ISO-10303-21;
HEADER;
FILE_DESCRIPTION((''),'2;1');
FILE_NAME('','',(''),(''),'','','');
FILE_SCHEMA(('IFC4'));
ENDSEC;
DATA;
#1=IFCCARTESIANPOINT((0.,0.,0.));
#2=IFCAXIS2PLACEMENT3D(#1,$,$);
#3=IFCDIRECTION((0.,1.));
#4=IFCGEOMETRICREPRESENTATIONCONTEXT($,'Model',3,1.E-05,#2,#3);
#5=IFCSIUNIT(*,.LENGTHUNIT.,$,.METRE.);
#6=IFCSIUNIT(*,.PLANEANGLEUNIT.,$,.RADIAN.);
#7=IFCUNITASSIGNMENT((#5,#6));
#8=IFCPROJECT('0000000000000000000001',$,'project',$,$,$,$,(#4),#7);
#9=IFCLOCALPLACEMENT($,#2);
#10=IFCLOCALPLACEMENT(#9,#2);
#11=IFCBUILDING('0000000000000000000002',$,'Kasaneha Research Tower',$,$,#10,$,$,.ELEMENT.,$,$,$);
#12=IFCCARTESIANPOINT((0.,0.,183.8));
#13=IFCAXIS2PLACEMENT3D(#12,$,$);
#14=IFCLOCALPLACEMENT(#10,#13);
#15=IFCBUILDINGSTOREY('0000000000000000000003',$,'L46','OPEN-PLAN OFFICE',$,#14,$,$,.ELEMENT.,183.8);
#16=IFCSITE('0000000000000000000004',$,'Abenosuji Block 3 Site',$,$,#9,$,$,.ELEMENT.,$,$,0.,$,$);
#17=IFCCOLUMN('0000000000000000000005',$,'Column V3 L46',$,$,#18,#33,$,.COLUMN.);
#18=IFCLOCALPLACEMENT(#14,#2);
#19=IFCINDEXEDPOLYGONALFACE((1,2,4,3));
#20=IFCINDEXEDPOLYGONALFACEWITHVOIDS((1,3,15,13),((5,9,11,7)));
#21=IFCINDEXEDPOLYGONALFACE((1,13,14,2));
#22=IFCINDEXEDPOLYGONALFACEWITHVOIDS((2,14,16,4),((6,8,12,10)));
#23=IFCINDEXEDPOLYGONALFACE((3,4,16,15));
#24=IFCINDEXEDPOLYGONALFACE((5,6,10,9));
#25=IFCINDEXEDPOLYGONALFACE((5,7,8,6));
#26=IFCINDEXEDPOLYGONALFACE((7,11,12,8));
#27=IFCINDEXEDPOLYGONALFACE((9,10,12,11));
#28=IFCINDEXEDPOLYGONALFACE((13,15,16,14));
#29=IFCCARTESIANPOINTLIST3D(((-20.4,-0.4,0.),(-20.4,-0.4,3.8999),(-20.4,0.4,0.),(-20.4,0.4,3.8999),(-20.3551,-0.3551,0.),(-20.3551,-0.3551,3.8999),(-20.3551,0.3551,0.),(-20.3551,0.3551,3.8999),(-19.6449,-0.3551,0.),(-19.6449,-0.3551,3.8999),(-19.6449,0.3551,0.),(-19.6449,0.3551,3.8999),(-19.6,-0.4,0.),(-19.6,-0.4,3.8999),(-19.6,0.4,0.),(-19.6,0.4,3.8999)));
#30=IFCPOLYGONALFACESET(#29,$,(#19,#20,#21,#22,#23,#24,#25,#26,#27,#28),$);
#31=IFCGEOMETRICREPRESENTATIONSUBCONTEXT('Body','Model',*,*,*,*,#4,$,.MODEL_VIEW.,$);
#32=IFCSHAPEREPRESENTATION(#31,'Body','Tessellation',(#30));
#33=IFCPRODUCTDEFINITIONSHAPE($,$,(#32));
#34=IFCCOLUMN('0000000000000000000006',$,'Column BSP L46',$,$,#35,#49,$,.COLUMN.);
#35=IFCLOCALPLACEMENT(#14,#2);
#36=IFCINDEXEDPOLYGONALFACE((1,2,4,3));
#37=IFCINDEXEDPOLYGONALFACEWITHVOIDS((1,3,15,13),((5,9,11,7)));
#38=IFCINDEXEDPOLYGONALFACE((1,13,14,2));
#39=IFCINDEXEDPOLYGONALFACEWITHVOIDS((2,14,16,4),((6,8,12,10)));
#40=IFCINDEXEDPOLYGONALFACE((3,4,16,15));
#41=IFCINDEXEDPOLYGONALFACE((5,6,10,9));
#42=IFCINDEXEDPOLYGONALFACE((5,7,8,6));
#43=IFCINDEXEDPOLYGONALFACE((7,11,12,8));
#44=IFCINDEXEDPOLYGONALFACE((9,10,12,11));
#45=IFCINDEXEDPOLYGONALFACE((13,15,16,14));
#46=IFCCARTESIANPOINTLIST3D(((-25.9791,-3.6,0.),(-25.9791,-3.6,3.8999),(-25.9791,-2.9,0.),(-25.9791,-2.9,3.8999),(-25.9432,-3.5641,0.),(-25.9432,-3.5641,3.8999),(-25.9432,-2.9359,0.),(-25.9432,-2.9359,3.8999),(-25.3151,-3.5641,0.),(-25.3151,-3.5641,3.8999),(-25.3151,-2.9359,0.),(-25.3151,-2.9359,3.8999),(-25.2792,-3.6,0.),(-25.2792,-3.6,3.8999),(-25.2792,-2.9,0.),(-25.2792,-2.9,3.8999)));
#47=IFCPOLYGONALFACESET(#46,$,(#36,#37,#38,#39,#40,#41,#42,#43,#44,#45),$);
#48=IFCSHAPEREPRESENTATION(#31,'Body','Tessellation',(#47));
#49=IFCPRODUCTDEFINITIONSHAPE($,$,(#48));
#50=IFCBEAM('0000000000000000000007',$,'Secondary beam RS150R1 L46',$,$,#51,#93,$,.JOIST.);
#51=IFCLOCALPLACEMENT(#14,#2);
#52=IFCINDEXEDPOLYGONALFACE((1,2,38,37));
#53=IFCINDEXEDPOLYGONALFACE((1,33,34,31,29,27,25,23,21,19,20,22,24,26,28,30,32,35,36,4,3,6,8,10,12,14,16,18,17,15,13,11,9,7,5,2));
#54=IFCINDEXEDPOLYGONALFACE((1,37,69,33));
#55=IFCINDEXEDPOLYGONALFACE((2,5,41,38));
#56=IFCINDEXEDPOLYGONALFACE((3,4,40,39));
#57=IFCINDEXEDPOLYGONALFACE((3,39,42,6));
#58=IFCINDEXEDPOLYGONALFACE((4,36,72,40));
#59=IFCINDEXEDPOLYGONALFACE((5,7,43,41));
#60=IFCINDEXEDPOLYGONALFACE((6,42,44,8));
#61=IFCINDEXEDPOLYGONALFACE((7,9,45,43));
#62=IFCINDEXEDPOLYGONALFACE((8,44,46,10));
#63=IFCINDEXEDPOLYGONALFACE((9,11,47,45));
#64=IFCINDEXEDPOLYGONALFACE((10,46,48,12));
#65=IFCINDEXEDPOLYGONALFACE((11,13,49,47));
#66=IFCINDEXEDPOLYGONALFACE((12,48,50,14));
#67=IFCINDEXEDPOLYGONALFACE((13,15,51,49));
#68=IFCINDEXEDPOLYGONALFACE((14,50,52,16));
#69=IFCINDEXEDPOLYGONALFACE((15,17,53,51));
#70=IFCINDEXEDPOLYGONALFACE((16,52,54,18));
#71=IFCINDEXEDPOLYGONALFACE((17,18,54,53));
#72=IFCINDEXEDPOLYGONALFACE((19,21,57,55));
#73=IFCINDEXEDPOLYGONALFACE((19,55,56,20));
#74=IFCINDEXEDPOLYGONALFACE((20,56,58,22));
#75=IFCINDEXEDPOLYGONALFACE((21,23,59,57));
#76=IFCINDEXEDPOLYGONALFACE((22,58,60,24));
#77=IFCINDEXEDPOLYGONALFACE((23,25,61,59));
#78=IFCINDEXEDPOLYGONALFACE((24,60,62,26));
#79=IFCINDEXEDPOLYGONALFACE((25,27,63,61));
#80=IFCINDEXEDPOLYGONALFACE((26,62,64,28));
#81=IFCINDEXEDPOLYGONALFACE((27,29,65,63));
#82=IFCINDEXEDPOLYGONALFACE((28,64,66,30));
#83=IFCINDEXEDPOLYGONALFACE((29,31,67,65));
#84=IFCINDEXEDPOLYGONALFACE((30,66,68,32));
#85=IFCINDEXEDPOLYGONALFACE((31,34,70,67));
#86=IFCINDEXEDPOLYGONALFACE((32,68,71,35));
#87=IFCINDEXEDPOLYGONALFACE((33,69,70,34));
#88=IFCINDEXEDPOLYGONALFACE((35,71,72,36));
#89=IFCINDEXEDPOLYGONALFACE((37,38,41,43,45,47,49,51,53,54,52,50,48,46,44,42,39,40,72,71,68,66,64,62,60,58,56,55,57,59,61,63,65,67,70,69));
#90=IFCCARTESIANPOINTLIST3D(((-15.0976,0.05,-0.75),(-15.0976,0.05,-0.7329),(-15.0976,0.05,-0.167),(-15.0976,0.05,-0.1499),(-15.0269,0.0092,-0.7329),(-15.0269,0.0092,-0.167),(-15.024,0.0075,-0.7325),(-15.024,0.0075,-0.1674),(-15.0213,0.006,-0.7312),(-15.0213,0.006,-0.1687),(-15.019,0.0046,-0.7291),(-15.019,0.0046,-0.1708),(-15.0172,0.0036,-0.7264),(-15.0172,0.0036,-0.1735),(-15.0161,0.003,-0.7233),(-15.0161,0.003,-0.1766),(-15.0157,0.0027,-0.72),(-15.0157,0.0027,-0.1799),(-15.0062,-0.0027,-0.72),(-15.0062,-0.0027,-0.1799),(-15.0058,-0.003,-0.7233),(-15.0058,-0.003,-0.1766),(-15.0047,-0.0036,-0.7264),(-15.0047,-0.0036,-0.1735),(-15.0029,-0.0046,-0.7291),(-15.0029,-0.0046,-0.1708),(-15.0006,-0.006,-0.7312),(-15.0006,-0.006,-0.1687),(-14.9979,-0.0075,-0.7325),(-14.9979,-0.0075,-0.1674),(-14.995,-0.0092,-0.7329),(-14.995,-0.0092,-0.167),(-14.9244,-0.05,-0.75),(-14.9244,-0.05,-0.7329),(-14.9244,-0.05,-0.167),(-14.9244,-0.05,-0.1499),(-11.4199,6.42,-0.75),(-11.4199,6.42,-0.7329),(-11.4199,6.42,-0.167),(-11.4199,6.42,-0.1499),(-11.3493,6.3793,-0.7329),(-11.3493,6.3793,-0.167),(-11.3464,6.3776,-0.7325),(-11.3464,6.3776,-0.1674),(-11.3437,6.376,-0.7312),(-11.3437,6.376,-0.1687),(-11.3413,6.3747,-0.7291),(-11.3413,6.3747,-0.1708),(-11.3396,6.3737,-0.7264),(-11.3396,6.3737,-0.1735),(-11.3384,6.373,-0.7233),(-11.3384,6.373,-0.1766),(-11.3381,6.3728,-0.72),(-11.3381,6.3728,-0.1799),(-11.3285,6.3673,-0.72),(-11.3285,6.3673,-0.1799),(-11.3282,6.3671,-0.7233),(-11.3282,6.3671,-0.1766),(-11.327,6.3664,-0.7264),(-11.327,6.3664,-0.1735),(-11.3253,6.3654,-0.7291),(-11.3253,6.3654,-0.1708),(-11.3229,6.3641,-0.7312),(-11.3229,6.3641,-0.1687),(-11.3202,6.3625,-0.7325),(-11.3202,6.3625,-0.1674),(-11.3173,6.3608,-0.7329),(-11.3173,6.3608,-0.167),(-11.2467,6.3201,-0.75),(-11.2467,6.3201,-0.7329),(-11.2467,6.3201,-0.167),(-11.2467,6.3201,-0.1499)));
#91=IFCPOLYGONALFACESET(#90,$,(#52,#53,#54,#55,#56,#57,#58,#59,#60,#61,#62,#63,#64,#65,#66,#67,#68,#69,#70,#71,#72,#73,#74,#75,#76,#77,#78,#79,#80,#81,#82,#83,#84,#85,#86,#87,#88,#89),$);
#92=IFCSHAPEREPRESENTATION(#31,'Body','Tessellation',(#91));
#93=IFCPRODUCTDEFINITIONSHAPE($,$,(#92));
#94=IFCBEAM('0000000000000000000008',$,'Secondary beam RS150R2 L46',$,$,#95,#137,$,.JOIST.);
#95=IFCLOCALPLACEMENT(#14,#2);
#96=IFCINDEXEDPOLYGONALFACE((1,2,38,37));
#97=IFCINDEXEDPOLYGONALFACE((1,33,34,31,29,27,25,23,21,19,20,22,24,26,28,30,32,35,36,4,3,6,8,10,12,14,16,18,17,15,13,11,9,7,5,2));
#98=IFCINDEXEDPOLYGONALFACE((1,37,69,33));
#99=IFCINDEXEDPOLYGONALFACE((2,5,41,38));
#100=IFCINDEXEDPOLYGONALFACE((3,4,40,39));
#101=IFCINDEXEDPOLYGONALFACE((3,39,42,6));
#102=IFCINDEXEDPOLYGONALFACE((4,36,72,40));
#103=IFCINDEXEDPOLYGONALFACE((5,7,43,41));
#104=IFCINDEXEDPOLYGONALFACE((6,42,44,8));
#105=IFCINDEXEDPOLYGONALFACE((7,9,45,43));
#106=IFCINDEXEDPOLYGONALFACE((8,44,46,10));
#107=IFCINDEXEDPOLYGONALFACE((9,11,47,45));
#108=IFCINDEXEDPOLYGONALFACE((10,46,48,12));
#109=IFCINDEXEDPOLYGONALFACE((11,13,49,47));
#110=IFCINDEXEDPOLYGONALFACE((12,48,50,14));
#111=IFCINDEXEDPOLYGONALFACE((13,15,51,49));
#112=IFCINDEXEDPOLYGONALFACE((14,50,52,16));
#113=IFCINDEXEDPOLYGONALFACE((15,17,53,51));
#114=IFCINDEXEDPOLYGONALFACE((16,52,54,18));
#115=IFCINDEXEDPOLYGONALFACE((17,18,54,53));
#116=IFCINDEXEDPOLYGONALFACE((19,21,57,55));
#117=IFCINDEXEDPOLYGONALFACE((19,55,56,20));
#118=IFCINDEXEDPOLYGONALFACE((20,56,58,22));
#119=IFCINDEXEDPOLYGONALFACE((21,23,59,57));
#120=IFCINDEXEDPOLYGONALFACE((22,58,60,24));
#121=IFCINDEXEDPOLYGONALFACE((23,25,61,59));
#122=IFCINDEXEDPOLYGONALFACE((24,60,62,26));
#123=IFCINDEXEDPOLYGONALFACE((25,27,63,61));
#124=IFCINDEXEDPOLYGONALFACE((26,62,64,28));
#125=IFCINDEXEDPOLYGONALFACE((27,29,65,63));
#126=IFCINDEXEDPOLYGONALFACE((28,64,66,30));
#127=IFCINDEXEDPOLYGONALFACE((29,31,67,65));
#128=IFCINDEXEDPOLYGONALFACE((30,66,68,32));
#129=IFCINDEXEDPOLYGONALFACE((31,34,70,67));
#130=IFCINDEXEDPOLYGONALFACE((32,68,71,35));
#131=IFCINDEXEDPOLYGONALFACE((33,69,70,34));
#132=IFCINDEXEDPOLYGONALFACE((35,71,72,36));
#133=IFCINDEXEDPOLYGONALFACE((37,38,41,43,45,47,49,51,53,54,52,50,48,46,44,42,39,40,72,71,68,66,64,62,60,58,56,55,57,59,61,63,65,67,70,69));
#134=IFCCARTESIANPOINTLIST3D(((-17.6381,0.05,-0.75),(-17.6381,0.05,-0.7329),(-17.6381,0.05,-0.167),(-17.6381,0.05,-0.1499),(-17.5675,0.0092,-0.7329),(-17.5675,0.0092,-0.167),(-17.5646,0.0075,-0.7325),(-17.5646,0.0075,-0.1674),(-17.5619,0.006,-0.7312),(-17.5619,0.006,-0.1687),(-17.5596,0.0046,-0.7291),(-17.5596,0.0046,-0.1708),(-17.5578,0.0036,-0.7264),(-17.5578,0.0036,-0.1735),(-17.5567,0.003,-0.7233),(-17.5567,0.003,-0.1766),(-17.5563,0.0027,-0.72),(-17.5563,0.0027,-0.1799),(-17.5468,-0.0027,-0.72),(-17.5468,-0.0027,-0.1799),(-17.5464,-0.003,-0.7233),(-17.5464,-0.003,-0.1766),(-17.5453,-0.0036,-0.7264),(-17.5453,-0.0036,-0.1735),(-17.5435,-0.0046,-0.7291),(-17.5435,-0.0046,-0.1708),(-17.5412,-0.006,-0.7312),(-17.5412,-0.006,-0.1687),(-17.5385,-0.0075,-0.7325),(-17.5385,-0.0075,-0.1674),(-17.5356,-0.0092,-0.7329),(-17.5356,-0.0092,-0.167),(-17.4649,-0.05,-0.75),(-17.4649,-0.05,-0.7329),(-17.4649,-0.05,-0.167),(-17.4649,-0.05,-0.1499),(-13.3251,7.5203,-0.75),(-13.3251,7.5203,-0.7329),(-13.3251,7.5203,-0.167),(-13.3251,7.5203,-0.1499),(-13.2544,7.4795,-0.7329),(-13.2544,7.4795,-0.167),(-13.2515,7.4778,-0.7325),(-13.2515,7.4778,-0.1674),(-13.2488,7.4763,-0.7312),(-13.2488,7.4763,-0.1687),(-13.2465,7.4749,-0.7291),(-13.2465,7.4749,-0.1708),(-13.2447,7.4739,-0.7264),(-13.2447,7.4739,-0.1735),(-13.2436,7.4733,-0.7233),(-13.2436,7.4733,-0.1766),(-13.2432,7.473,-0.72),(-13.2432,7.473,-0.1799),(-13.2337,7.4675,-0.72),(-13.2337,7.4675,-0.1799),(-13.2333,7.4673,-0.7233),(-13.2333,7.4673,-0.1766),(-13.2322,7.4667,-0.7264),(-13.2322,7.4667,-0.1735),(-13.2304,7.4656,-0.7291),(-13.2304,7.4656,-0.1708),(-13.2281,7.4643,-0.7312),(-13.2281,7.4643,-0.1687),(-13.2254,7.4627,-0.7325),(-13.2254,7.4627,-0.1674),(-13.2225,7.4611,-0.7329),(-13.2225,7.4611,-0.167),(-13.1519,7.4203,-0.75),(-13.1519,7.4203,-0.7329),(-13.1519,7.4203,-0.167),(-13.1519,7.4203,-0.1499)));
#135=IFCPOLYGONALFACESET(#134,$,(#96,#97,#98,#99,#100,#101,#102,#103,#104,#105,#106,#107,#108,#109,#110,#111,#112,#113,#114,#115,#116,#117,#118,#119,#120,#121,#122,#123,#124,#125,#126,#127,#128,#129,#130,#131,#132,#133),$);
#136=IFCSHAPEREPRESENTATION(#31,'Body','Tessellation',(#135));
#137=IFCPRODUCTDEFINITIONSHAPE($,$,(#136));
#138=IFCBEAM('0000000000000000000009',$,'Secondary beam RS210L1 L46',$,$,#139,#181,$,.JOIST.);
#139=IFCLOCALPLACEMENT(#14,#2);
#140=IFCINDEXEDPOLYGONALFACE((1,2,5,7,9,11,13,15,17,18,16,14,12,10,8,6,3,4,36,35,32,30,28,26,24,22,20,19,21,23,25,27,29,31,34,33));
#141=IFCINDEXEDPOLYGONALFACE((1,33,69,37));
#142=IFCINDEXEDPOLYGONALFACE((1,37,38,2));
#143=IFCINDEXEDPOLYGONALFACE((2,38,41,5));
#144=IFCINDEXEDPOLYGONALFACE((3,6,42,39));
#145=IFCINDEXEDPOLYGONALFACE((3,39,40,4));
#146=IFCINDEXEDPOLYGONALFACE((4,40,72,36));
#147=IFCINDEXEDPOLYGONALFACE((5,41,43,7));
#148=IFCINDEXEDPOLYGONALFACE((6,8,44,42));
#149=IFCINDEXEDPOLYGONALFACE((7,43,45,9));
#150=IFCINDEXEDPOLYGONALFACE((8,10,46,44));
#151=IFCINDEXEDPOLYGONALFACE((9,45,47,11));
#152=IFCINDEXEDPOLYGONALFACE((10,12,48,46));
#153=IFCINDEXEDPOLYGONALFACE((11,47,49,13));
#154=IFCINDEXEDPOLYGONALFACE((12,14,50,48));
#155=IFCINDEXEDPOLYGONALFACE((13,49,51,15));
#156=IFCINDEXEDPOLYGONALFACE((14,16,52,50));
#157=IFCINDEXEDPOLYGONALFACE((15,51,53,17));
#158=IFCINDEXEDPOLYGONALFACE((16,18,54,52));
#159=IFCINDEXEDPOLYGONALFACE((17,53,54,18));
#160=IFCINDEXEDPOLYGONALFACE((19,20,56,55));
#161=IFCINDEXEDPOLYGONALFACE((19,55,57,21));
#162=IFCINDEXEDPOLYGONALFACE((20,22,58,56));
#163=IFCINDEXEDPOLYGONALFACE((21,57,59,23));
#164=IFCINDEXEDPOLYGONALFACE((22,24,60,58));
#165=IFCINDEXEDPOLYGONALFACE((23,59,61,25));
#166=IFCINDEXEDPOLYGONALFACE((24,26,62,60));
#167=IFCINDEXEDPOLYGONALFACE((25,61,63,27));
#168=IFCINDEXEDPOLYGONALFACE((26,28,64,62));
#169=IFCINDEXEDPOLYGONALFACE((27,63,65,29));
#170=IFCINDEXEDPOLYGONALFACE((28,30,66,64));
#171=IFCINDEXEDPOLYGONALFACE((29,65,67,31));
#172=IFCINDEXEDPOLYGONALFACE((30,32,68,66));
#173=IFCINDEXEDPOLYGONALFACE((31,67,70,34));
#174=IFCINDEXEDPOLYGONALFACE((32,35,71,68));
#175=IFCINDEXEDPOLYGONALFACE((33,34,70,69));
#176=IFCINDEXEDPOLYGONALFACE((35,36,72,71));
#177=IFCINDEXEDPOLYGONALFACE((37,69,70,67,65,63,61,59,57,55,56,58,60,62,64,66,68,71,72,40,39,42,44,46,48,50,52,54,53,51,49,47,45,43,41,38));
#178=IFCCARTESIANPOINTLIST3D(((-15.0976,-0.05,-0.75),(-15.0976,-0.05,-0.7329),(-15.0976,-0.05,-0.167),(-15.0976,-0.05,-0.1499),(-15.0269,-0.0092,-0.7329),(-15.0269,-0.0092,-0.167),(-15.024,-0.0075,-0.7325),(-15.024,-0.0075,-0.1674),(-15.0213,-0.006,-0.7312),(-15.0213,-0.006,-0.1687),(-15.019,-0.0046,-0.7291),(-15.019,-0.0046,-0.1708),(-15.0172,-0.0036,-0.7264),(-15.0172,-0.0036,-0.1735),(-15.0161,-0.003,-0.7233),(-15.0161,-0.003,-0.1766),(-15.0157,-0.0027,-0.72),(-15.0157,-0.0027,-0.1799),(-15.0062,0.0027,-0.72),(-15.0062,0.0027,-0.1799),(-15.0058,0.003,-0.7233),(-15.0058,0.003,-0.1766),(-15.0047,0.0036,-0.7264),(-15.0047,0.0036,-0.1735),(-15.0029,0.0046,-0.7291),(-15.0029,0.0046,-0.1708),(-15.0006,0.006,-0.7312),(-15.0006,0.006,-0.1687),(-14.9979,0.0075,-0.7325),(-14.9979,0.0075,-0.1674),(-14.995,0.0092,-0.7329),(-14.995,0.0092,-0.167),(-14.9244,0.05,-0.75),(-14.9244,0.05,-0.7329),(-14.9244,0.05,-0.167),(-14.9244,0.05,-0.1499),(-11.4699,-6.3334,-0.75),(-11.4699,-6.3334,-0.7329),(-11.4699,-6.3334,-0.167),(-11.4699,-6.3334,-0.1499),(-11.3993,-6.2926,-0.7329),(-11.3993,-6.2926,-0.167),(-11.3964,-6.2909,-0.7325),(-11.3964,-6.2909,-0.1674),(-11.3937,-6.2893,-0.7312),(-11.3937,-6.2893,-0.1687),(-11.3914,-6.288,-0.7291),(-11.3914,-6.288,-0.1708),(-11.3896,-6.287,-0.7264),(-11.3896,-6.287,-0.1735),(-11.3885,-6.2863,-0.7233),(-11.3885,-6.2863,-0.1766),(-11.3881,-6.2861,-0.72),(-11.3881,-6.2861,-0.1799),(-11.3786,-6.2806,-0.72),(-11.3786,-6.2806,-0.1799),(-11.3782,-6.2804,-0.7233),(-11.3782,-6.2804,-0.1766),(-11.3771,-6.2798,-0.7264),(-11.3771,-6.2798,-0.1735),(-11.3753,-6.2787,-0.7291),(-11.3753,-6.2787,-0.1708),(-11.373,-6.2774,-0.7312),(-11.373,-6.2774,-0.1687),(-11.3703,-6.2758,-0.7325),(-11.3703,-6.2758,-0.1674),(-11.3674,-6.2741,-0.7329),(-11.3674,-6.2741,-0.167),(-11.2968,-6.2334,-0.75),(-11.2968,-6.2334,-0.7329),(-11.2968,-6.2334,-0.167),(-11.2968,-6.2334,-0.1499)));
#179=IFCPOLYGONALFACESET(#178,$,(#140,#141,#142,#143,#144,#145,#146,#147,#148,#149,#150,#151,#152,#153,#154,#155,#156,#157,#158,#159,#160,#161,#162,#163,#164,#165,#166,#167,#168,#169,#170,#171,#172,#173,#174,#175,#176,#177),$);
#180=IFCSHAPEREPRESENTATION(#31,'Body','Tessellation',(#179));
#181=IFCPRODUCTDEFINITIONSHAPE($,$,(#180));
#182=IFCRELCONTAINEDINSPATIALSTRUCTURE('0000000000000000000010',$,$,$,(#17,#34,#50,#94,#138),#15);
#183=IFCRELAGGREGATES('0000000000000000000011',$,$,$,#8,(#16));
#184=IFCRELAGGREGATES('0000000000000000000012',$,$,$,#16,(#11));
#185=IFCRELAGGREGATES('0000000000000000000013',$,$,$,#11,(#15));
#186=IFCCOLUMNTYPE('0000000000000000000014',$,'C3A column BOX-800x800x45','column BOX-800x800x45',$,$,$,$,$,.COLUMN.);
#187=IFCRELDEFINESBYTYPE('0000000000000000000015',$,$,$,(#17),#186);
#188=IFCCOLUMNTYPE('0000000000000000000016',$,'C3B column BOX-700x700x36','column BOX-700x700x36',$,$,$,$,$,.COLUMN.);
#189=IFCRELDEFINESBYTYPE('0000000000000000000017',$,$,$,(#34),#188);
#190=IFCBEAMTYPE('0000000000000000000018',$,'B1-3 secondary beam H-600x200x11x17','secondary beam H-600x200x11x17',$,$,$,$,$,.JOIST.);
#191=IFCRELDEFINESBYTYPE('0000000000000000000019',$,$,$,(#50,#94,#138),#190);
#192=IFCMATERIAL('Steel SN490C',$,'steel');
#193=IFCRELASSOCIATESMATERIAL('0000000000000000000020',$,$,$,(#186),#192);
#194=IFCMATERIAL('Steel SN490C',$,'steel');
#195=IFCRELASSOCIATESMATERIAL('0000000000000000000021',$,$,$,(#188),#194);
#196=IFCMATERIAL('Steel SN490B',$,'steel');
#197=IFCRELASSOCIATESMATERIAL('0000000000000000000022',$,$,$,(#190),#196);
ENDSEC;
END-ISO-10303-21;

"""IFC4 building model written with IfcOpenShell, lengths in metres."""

from ifc_helpers import new_model, si_unit, direction, frame, origin, origin_2d, place, context, subcontext, project, spatial, hollow_rectangle, i_section, extrude, material, material_profile, profile_set, type_object, element, save


model = new_model("IFC4")

# Units and contexts
model_context = context("Model", 3, precision=1e-05, world=origin(), true_north=direction((0.0, 1.0)))
body_context = subcontext(model_context, "Body", "Model", "MODEL_VIEW")
ifc_project = project(units=[si_unit("LENGTHUNIT", "METRE"), si_unit("PLANEANGLEUNIT", "RADIAN")], contexts=[model_context])

# Site, building, storey
site_placement = place(None, origin())
site = spatial("IfcSite", under=ifc_project, at=site_placement, Name="Abenosuji Block 3 Site", CompositionType="ELEMENT", RefElevation=0.0)
building_placement = place(site_placement, origin())
building = spatial("IfcBuilding", under=site, at=building_placement, Name="Kasaneha Research Tower", CompositionType="ELEMENT")
storey_placement = place(building_placement, frame((0.0, 0.0, 183.8)))
storey = spatial("IfcBuildingStorey", under=building, at=storey_placement, Name="L46", Description="OPEN-PLAN OFFICE", CompositionType="ELEMENT", Elevation=183.8)

# Columns
ifc_material_1 = material(Name="Steel SN490C", Category="steel")
ifc_material_profile_1 = material_profile(ifc_material_1, hollow_rectangle(XDim=0.8, YDim=0.8, WallThickness=0.0449, at=origin_2d()), Name="BOX-800x800x45")
ifc_profile_set_1 = profile_set([ifc_material_profile_1], Name="Steel SN490C")
column_type_1 = type_object("IfcColumnType", Name="C3A column BOX-800x800x45", Description="column BOX-800x800x45", PredefinedType="COLUMN", material=ifc_profile_set_1)
column_1_placement = place(storey_placement, frame((-20.0, 0.0, 0.0), z_axis=(0.0, 0.0, 1.0), x_axis=(1.0, 0.0, 0.0)))
element("IfcColumn", 1, at=column_1_placement, inside=storey, type_object=column_type_1, Name="Column V3 L46", PredefinedType="COLUMN", context=body_context, shape_type="SweptSolid", body=[
    extrude(hollow_rectangle(XDim=0.8, YDim=0.8, WallThickness=0.0449, at=origin_2d()), origin(), (0.0, 0.0, 1.0), 3.8999),
])
ifc_material_2 = material(Name="Steel SN490C", Category="steel")
ifc_material_profile_2 = material_profile(ifc_material_2, hollow_rectangle(XDim=0.7, YDim=0.7, WallThickness=0.0359, at=origin_2d()), Name="BOX-700x700x36")
ifc_profile_set_2 = profile_set([ifc_material_profile_2], Name="Steel SN490C")
column_type_2 = type_object("IfcColumnType", Name="C3B column BOX-700x700x36", Description="column BOX-700x700x36", PredefinedType="COLUMN", material=ifc_profile_set_2)
column_2_placement = place(storey_placement, frame((-25.6292, -3.25, 0.0), z_axis=(0.0, 0.0, 1.0), x_axis=(1.0, 0.0, 0.0)))
element("IfcColumn", 2, at=column_2_placement, inside=storey, type_object=column_type_2, Name="Column BSP L46", PredefinedType="COLUMN", context=body_context, shape_type="SweptSolid", body=[
    extrude(hollow_rectangle(XDim=0.7, YDim=0.7, WallThickness=0.0359, at=origin_2d()), origin(), (0.0, 0.0, 1.0), 3.8999),
])

# Beams
ifc_material_3 = material(Name="Steel SN490B", Category="steel")
ifc_material_profile_3 = material_profile(ifc_material_3, i_section(OverallWidth=0.2, OverallDepth=0.6001, WebThickness=0.011, FlangeThickness=0.0171, FilletRadius=0.0129, at=origin_2d()), Name="H-600x200x11x17")
ifc_profile_set_3 = profile_set([ifc_material_profile_3], Name="Steel SN490B")
beam_type_1 = type_object("IfcBeamType", Name="B1-3 secondary beam H-600x200x11x17", Description="secondary beam H-600x200x11x17", PredefinedType="JOIST", material=ifc_profile_set_3)
beam_1_placement = place(storey_placement, frame((-15.011, 0.0, -0.45), z_axis=(0.499994, 0.866029, 0.0), x_axis=(-0.866029, 0.499994, 0.0)))
element("IfcBeam", 3, at=beam_1_placement, inside=storey, type_object=beam_type_1, Name="Secondary beam RS150R1 L46", PredefinedType="JOIST", context=body_context, shape_type="SweptSolid", body=[
    extrude(i_section(OverallWidth=0.2, OverallDepth=0.6001, WebThickness=0.011, FlangeThickness=0.0171, FilletRadius=0.0129, at=origin_2d()), origin(), (0.0, 0.0, 1.0), 7.3555),
])
beam_2_placement = place(storey_placement, frame((-17.5515, 0.0, -0.45), z_axis=(0.500005, 0.866023, 0.0), x_axis=(-0.866023, 0.500005, 0.0)))
element("IfcBeam", 4, at=beam_2_placement, inside=storey, type_object=beam_type_1, Name="Secondary beam RS150R2 L46", PredefinedType="JOIST", context=body_context, shape_type="SweptSolid", body=[
    extrude(i_section(OverallWidth=0.2, OverallDepth=0.6001, WebThickness=0.011, FlangeThickness=0.0171, FilletRadius=0.0129, at=origin_2d()), origin(), (0.0, 0.0, 1.0), 8.626),
])
beam_3_placement = place(storey_placement, frame((-15.011, 0.0, -0.45), z_axis=(0.499993, -0.866029, 0.0), x_axis=(0.866029, 0.499993, 0.0)))
element("IfcBeam", 5, at=beam_3_placement, inside=storey, type_object=beam_type_1, Name="Secondary beam RS210L1 L46", PredefinedType="JOIST", context=body_context, shape_type="SweptSolid", body=[
    extrude(i_section(OverallWidth=0.2, OverallDepth=0.6001, WebThickness=0.011, FlangeThickness=0.0171, FilletRadius=0.0129, at=origin_2d()), origin(), (0.0, 0.0, 1.0), 7.2554),
])

save(model, "model.ifc")
